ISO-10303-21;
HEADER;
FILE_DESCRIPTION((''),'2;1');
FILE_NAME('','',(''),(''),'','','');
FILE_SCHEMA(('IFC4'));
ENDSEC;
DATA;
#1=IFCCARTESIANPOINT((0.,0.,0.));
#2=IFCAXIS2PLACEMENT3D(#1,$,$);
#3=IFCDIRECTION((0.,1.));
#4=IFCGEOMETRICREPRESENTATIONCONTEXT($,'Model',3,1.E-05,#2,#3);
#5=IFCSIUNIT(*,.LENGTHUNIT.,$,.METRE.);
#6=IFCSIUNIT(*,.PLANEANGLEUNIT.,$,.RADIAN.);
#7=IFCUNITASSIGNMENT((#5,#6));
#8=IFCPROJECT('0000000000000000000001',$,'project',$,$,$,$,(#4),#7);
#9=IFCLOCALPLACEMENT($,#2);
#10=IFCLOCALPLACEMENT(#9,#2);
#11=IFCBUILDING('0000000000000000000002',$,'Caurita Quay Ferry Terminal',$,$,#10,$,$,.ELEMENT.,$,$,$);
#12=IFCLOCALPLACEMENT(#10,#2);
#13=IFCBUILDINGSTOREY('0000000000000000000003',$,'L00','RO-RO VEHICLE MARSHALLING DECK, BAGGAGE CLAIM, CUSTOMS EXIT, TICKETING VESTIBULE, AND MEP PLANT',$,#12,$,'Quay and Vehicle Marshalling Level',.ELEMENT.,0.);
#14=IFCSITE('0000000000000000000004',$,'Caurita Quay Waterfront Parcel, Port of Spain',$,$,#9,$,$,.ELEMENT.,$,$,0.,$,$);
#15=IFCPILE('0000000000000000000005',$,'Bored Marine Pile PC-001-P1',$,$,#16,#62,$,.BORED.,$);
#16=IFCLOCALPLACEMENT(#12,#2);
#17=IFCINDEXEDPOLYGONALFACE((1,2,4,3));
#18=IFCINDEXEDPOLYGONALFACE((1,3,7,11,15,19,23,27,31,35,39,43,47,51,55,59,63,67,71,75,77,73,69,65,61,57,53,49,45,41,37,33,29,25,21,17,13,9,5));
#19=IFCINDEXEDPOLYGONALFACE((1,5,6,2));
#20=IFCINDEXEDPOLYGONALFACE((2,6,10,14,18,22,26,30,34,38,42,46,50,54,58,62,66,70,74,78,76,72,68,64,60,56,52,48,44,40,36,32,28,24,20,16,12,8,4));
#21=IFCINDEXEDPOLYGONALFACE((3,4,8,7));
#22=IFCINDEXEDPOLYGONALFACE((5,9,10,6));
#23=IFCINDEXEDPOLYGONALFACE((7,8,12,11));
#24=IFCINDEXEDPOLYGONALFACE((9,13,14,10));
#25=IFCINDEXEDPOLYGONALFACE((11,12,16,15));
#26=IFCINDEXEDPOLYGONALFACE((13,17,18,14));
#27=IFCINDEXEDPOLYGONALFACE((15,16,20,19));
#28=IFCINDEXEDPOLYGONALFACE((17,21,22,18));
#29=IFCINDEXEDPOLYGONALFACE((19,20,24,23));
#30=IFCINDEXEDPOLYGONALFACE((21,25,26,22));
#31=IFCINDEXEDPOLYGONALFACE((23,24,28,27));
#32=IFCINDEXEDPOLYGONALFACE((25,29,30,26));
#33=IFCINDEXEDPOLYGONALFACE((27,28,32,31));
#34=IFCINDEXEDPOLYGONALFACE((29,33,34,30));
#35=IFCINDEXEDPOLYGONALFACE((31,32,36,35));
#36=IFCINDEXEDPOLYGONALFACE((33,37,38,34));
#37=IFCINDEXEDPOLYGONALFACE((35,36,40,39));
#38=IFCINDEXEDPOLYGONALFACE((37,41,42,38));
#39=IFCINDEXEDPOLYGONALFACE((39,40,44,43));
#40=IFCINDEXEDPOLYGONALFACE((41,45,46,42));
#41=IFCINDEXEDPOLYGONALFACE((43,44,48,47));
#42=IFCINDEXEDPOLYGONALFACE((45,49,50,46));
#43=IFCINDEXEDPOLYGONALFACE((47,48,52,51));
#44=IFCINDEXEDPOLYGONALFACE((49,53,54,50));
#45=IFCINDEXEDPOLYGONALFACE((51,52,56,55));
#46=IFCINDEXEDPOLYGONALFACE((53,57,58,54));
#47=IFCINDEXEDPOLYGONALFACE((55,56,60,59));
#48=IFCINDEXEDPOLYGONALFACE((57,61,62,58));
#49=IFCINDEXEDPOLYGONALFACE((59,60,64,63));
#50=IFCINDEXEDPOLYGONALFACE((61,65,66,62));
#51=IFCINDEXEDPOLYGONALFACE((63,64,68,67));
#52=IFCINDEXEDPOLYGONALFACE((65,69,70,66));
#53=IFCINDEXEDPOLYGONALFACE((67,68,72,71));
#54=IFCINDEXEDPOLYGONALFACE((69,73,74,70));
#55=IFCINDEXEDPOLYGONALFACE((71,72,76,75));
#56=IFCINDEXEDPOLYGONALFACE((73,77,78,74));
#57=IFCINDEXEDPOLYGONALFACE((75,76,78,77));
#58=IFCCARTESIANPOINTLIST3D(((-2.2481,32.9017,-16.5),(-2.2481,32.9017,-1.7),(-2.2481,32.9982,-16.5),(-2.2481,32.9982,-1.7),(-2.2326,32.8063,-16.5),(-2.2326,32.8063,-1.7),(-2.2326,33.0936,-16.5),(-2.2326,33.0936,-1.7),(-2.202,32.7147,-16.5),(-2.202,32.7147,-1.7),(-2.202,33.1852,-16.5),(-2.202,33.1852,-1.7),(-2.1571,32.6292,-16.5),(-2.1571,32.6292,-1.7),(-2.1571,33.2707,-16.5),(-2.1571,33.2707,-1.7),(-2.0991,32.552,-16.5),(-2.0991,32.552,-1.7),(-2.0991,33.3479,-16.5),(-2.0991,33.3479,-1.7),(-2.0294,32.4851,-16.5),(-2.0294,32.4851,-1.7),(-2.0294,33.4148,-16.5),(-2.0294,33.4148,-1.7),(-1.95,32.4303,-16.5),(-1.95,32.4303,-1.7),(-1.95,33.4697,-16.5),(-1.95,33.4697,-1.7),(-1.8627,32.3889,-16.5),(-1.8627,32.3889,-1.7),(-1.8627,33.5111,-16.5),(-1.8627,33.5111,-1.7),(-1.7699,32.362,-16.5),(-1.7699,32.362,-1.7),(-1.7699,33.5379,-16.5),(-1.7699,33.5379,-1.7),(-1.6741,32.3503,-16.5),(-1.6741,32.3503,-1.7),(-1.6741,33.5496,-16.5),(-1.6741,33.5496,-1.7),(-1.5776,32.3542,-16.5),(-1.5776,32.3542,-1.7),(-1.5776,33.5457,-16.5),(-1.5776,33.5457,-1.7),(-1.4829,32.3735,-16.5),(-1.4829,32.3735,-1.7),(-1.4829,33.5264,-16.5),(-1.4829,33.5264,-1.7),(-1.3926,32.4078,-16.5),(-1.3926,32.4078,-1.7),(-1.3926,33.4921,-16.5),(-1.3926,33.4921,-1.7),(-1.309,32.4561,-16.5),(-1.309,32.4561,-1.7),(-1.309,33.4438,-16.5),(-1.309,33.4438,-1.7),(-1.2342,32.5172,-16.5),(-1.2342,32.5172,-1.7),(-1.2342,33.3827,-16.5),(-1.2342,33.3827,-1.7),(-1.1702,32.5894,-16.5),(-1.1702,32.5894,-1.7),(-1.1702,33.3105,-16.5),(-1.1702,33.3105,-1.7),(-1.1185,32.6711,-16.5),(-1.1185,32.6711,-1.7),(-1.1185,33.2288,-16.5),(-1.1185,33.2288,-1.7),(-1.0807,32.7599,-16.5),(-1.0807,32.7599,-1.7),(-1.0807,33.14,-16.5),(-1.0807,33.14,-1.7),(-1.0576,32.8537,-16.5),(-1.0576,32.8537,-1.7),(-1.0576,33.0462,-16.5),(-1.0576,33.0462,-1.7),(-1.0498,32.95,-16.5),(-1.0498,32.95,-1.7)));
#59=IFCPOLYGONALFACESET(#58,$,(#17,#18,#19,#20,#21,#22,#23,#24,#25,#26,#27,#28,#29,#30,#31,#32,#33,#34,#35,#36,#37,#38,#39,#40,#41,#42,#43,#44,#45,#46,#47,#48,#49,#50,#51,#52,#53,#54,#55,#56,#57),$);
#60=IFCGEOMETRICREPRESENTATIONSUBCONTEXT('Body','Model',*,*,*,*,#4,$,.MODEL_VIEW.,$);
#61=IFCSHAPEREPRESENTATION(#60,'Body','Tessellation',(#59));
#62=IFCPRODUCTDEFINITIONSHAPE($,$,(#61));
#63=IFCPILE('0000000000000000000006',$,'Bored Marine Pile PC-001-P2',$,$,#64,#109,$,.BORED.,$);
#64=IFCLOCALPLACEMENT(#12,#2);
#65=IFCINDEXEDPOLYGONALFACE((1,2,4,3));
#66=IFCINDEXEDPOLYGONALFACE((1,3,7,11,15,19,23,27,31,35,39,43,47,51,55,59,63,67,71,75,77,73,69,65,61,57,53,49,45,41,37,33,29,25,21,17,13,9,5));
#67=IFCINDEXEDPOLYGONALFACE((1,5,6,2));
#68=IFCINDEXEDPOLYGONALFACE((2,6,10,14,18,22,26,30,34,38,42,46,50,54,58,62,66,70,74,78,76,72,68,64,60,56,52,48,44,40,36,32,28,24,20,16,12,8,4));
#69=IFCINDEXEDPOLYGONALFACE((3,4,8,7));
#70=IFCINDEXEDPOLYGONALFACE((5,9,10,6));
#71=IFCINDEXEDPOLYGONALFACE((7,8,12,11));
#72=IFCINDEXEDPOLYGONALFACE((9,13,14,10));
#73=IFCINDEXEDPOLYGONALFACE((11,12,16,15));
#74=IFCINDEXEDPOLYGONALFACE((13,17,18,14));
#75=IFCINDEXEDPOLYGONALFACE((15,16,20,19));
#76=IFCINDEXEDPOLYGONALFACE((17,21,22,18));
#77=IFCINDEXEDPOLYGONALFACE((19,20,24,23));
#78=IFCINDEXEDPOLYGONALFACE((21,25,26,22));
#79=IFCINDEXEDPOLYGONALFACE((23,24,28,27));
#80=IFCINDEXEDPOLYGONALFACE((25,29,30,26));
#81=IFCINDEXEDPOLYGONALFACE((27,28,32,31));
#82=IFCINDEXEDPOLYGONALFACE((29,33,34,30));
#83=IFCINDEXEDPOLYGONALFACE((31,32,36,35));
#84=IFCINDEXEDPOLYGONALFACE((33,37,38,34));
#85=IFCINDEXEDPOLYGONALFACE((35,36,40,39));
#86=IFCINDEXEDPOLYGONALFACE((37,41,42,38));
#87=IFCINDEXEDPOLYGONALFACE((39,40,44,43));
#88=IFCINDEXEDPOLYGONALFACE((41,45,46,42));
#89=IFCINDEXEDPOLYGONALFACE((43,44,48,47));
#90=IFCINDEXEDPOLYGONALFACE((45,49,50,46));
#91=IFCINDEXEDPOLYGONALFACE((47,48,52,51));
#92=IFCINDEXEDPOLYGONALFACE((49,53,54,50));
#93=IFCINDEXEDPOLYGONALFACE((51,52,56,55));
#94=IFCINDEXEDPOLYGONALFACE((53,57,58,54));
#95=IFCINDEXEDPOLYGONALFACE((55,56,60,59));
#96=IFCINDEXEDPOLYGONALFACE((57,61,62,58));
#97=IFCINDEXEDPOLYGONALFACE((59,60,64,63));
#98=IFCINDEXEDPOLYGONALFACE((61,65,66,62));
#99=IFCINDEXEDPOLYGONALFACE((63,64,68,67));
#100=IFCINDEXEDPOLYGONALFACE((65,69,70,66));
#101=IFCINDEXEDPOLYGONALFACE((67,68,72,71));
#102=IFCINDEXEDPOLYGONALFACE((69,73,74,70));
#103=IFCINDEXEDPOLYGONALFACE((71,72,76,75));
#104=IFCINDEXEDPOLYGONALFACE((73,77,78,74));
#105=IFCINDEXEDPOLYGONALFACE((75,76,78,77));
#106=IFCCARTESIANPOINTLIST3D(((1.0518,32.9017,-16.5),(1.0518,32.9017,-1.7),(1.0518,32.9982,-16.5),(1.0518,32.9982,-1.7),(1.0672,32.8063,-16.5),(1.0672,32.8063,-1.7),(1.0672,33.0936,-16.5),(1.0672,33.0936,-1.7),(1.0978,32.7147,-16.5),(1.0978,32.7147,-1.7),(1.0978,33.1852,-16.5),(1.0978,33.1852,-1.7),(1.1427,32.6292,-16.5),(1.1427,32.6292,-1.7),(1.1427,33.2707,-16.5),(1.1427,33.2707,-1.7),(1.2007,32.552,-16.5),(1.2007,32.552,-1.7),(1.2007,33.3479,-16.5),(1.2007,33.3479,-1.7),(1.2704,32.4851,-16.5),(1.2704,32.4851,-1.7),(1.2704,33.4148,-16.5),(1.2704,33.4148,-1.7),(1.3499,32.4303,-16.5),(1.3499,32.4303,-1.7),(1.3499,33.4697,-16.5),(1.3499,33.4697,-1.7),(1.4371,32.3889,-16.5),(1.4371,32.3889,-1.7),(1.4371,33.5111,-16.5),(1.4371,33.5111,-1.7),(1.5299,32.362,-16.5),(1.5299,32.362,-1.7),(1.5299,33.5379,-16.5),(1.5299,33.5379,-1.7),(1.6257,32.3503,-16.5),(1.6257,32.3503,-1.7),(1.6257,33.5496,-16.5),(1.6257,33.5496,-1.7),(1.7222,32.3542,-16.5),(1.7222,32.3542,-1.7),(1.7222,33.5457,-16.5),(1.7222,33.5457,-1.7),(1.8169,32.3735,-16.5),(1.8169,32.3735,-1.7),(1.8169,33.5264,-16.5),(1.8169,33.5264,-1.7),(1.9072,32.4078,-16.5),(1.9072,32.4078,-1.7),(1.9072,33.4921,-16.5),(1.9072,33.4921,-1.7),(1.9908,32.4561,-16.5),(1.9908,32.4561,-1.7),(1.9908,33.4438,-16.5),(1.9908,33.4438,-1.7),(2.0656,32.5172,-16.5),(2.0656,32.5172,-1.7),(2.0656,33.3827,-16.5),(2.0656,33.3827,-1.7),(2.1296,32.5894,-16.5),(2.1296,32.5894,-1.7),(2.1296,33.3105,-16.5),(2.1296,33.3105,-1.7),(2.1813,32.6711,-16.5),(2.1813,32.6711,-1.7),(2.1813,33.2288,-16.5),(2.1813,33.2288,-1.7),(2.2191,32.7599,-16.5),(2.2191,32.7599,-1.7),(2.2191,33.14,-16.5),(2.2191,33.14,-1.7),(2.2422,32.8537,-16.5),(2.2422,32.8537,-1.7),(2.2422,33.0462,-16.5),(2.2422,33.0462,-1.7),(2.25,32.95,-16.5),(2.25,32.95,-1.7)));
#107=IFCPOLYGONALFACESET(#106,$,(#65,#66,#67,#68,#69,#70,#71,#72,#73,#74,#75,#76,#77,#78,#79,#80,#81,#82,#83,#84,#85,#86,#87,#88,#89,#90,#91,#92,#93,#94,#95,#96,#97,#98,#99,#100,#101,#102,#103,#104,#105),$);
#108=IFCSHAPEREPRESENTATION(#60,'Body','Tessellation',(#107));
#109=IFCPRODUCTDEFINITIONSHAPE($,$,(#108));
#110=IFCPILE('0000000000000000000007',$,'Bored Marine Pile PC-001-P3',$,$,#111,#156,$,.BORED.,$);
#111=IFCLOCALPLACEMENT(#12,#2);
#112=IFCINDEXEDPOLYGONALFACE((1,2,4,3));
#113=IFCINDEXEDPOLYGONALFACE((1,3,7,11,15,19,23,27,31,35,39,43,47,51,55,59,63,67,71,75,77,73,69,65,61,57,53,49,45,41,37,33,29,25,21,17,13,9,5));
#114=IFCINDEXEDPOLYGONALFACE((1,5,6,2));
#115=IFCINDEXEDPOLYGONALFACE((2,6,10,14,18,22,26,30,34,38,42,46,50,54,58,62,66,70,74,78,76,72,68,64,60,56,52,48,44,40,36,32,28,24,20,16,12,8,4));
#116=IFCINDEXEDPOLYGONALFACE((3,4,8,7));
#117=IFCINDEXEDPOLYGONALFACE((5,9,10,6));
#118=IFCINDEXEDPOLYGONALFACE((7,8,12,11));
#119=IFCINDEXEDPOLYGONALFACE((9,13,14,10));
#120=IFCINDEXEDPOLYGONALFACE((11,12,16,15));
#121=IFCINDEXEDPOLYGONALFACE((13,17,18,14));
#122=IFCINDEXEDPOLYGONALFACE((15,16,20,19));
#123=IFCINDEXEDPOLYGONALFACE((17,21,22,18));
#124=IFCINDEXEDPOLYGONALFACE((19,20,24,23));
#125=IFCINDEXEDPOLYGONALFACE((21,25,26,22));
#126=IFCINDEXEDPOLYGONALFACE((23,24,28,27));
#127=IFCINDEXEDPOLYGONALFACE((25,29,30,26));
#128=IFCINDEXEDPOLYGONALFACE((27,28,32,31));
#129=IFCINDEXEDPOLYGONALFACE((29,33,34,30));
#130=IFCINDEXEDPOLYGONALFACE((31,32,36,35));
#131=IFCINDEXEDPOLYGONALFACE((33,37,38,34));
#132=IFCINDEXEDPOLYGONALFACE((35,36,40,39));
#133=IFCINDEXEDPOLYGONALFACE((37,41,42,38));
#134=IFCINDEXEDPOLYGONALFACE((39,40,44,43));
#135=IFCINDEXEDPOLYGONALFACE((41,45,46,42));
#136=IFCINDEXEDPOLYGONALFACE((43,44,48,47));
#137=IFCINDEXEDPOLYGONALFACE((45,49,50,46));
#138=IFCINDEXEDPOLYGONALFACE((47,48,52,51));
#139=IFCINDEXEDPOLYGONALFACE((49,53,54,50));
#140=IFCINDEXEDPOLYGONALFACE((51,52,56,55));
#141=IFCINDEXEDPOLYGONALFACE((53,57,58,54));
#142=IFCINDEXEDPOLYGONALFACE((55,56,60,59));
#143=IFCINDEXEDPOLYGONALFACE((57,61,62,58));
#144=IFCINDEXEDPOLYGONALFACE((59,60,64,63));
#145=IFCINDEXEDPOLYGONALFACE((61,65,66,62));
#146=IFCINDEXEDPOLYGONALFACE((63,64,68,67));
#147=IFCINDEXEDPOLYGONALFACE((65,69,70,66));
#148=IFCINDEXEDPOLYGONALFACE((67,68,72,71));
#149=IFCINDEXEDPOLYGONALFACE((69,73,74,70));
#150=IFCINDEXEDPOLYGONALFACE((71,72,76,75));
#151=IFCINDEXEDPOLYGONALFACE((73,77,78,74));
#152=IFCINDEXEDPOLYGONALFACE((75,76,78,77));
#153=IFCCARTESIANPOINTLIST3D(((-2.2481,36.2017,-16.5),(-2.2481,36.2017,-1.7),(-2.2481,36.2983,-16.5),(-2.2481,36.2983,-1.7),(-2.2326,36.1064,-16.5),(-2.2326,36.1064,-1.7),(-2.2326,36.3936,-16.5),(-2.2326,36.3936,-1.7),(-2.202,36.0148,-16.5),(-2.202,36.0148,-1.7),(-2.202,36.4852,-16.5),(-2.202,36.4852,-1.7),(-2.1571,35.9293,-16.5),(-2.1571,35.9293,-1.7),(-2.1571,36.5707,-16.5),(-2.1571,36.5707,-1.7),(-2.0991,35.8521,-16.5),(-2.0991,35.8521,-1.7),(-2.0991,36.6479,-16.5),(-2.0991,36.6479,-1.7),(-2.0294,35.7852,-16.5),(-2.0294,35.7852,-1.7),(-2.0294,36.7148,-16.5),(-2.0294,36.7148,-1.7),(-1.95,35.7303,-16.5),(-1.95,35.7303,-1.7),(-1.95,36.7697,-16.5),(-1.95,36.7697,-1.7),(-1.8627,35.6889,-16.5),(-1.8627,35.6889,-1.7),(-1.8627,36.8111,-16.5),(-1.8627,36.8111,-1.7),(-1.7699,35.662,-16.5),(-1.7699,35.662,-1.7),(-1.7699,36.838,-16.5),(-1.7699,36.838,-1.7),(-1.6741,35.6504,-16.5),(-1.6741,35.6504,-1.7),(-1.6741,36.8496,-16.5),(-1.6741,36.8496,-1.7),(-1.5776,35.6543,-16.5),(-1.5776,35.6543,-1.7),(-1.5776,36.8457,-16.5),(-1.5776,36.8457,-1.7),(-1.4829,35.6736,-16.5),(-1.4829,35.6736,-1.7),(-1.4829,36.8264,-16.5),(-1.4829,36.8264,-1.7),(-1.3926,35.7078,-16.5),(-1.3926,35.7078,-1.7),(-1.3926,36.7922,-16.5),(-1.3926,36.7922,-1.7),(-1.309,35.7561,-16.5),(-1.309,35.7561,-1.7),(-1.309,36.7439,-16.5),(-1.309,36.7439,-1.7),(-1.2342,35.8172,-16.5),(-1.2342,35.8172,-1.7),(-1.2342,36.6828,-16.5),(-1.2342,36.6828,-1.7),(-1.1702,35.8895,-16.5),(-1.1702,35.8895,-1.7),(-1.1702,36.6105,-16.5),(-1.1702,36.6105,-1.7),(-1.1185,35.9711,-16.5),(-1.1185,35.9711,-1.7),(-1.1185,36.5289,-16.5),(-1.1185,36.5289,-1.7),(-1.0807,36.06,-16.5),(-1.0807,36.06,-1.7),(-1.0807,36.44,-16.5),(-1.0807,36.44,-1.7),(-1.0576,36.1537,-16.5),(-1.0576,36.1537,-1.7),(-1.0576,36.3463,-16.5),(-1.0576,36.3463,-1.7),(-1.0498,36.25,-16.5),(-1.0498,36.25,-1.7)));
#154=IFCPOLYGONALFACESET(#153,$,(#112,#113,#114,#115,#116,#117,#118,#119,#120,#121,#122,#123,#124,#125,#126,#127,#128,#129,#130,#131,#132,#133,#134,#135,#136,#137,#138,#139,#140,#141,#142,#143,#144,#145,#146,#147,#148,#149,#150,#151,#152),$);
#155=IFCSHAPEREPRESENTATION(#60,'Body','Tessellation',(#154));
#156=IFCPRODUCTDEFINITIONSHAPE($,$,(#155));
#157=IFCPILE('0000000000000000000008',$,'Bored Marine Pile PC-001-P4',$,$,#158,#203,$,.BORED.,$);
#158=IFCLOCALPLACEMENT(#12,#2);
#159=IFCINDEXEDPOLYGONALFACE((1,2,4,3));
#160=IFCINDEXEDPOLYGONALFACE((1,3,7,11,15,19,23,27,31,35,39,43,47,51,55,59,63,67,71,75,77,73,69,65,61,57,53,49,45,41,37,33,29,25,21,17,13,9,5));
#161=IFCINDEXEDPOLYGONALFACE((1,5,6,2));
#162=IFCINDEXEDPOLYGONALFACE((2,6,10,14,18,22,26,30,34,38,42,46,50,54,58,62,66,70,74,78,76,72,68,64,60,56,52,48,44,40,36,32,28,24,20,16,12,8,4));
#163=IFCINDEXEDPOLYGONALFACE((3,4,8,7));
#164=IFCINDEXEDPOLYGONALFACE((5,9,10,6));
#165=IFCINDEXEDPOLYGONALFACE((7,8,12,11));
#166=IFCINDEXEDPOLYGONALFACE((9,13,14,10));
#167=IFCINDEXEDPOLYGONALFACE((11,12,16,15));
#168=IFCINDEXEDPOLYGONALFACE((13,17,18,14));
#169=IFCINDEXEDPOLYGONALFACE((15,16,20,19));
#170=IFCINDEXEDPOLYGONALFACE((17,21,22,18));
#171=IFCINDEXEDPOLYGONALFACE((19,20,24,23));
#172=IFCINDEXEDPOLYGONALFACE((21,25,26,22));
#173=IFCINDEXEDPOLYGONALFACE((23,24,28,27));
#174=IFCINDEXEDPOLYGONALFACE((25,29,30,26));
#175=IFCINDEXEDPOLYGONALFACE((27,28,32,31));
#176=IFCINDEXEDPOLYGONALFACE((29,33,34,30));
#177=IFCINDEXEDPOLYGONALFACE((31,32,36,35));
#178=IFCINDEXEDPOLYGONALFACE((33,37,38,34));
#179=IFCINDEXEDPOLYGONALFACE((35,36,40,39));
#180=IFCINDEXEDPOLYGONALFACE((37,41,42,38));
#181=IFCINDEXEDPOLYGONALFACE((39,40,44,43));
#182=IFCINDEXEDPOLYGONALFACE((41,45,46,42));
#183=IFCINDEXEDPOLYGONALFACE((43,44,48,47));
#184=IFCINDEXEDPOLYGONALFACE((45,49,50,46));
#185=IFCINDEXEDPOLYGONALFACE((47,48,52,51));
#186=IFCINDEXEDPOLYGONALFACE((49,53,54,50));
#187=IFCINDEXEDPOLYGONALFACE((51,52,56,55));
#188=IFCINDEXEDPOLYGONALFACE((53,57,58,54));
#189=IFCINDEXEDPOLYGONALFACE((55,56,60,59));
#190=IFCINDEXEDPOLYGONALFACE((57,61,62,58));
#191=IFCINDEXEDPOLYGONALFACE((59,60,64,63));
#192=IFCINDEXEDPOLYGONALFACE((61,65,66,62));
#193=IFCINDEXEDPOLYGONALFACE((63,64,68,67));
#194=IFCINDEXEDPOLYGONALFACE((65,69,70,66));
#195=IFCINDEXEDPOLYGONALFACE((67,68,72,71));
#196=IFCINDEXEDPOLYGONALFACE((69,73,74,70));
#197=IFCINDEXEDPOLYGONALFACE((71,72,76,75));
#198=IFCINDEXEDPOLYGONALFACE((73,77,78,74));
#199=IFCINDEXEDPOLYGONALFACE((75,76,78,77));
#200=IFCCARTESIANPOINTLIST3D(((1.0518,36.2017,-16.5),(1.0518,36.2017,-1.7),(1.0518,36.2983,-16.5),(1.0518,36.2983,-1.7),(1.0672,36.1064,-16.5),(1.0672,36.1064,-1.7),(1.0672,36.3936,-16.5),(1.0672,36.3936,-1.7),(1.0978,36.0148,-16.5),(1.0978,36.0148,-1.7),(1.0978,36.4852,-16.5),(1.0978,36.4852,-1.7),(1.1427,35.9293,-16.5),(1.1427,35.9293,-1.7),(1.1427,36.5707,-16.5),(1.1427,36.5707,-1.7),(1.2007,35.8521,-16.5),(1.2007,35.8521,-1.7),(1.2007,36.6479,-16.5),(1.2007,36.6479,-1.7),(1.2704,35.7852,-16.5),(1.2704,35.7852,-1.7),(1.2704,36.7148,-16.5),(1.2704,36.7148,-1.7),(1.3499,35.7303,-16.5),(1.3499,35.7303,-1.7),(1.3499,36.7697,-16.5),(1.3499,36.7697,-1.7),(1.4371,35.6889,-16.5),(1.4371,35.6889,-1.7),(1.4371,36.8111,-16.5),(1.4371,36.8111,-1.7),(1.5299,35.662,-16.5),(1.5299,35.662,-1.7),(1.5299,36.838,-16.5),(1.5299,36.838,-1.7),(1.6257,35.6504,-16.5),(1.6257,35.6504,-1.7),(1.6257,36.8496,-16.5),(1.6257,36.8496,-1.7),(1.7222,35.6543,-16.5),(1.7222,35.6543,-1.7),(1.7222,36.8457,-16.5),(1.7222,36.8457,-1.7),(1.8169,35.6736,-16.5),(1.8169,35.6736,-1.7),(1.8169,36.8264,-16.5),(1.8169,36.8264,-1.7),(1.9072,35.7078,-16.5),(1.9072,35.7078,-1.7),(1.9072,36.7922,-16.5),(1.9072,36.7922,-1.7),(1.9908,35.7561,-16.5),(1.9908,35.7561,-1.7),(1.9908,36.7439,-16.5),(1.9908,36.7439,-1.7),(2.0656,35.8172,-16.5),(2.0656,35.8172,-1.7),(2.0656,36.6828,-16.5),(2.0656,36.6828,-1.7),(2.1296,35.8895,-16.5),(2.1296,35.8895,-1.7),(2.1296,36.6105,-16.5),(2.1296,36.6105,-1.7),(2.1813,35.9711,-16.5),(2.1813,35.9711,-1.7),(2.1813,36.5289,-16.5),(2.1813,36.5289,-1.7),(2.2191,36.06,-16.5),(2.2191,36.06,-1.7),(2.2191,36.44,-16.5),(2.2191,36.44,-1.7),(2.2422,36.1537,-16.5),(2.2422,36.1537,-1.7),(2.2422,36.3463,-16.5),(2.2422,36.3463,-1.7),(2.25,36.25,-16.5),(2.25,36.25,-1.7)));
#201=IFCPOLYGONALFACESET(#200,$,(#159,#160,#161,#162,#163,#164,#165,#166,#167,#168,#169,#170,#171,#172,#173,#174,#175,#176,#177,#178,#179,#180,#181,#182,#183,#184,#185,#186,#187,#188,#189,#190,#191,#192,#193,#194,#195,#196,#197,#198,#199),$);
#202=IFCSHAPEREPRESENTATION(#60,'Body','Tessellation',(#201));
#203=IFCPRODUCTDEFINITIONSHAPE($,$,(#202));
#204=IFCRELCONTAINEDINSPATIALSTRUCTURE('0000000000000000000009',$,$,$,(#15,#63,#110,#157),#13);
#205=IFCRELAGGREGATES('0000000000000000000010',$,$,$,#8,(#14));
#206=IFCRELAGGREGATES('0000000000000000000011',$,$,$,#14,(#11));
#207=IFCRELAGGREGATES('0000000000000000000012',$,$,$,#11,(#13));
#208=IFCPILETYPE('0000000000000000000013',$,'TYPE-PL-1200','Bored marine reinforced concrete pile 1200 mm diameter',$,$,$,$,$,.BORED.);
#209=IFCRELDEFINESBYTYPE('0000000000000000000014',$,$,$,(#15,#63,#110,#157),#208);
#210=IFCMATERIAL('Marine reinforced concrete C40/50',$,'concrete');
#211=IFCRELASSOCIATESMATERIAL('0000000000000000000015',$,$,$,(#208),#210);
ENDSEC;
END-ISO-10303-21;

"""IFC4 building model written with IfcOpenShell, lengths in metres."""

from ifc_helpers import new_model, si_unit, direction, frame, origin, origin_2d, place, context, subcontext, project, spatial, circle, extrude, material, material_profile, profile_set, type_object, element, save


model = new_model("IFC4")

# Units and contexts
model_context = context("Model", 3, precision=1e-05, world=origin(), true_north=direction((0.0, 1.0)))
body_context = subcontext(model_context, "Body", "Model", "MODEL_VIEW")
ifc_project = project(units=[si_unit("LENGTHUNIT", "METRE"), si_unit("PLANEANGLEUNIT", "RADIAN")], contexts=[model_context])

# Site, building, storey
site_placement = place(None, origin())
site = spatial("IfcSite", under=ifc_project, at=site_placement, Name="Caurita Quay Waterfront Parcel, Port of Spain", CompositionType="ELEMENT", RefElevation=0.0)
building_placement = place(site_placement, origin())
building = spatial("IfcBuilding", under=site, at=building_placement, Name="Caurita Quay Ferry Terminal", CompositionType="ELEMENT")
storey_placement = place(building_placement, origin())
storey = spatial("IfcBuildingStorey", under=building, at=storey_placement, Name="L00", Description="RO-RO VEHICLE MARSHALLING DECK, BAGGAGE CLAIM, CUSTOMS EXIT, TICKETING VESTIBULE, AND MEP PLANT", LongName="Quay and Vehicle Marshalling Level", CompositionType="ELEMENT", Elevation=0.0)

# Piles
ifc_material_1 = material(Name="Marine reinforced concrete C40/50", Category="concrete")
ifc_material_profile_1 = material_profile(ifc_material_1, circle(Radius=0.6001, at=origin_2d()), Name="PILE-D1200")
ifc_profile_set_1 = profile_set([ifc_material_profile_1], Name="Marine reinforced concrete C40/50")
pile_type_1 = type_object("IfcPileType", Name="TYPE-PL-1200", Description="Bored marine reinforced concrete pile 1200 mm diameter", PredefinedType="BORED", material=ifc_profile_set_1)
for number, where, z_axis, x_axis, name in (
    (1, (-1.6499, 32.95, -1.7), (0.0, 0.0, -1.0), (1.0, 0.0, 0.0), "Bored Marine Pile PC-001-P1"),
    (2, (1.6499, 32.95, -1.7), (0.0, 0.0, -1.0), (1.0, 0.0, 0.0), "Bored Marine Pile PC-001-P2"),
    (3, (-1.6499, 36.25, -1.7), (0.0, 0.0, -1.0), (1.0, 0.0, 0.0), "Bored Marine Pile PC-001-P3"),
    (4, (1.6499, 36.25, -1.7), (0.0, 0.0, -1.0), (1.0, 0.0, 0.0), "Bored Marine Pile PC-001-P4"),
):
    element("IfcPile", number, at=place(storey_placement, frame(where, z_axis=z_axis, x_axis=x_axis)), inside=storey, type_object=pile_type_1, Name=name, PredefinedType="BORED", context=body_context, shape_type="SweptSolid", body=[
        extrude(circle(Radius=0.6001, at=origin_2d()), origin(), (0.0, 0.0, 1.0), 14.8),
    ])

save(model, "model.ifc")
